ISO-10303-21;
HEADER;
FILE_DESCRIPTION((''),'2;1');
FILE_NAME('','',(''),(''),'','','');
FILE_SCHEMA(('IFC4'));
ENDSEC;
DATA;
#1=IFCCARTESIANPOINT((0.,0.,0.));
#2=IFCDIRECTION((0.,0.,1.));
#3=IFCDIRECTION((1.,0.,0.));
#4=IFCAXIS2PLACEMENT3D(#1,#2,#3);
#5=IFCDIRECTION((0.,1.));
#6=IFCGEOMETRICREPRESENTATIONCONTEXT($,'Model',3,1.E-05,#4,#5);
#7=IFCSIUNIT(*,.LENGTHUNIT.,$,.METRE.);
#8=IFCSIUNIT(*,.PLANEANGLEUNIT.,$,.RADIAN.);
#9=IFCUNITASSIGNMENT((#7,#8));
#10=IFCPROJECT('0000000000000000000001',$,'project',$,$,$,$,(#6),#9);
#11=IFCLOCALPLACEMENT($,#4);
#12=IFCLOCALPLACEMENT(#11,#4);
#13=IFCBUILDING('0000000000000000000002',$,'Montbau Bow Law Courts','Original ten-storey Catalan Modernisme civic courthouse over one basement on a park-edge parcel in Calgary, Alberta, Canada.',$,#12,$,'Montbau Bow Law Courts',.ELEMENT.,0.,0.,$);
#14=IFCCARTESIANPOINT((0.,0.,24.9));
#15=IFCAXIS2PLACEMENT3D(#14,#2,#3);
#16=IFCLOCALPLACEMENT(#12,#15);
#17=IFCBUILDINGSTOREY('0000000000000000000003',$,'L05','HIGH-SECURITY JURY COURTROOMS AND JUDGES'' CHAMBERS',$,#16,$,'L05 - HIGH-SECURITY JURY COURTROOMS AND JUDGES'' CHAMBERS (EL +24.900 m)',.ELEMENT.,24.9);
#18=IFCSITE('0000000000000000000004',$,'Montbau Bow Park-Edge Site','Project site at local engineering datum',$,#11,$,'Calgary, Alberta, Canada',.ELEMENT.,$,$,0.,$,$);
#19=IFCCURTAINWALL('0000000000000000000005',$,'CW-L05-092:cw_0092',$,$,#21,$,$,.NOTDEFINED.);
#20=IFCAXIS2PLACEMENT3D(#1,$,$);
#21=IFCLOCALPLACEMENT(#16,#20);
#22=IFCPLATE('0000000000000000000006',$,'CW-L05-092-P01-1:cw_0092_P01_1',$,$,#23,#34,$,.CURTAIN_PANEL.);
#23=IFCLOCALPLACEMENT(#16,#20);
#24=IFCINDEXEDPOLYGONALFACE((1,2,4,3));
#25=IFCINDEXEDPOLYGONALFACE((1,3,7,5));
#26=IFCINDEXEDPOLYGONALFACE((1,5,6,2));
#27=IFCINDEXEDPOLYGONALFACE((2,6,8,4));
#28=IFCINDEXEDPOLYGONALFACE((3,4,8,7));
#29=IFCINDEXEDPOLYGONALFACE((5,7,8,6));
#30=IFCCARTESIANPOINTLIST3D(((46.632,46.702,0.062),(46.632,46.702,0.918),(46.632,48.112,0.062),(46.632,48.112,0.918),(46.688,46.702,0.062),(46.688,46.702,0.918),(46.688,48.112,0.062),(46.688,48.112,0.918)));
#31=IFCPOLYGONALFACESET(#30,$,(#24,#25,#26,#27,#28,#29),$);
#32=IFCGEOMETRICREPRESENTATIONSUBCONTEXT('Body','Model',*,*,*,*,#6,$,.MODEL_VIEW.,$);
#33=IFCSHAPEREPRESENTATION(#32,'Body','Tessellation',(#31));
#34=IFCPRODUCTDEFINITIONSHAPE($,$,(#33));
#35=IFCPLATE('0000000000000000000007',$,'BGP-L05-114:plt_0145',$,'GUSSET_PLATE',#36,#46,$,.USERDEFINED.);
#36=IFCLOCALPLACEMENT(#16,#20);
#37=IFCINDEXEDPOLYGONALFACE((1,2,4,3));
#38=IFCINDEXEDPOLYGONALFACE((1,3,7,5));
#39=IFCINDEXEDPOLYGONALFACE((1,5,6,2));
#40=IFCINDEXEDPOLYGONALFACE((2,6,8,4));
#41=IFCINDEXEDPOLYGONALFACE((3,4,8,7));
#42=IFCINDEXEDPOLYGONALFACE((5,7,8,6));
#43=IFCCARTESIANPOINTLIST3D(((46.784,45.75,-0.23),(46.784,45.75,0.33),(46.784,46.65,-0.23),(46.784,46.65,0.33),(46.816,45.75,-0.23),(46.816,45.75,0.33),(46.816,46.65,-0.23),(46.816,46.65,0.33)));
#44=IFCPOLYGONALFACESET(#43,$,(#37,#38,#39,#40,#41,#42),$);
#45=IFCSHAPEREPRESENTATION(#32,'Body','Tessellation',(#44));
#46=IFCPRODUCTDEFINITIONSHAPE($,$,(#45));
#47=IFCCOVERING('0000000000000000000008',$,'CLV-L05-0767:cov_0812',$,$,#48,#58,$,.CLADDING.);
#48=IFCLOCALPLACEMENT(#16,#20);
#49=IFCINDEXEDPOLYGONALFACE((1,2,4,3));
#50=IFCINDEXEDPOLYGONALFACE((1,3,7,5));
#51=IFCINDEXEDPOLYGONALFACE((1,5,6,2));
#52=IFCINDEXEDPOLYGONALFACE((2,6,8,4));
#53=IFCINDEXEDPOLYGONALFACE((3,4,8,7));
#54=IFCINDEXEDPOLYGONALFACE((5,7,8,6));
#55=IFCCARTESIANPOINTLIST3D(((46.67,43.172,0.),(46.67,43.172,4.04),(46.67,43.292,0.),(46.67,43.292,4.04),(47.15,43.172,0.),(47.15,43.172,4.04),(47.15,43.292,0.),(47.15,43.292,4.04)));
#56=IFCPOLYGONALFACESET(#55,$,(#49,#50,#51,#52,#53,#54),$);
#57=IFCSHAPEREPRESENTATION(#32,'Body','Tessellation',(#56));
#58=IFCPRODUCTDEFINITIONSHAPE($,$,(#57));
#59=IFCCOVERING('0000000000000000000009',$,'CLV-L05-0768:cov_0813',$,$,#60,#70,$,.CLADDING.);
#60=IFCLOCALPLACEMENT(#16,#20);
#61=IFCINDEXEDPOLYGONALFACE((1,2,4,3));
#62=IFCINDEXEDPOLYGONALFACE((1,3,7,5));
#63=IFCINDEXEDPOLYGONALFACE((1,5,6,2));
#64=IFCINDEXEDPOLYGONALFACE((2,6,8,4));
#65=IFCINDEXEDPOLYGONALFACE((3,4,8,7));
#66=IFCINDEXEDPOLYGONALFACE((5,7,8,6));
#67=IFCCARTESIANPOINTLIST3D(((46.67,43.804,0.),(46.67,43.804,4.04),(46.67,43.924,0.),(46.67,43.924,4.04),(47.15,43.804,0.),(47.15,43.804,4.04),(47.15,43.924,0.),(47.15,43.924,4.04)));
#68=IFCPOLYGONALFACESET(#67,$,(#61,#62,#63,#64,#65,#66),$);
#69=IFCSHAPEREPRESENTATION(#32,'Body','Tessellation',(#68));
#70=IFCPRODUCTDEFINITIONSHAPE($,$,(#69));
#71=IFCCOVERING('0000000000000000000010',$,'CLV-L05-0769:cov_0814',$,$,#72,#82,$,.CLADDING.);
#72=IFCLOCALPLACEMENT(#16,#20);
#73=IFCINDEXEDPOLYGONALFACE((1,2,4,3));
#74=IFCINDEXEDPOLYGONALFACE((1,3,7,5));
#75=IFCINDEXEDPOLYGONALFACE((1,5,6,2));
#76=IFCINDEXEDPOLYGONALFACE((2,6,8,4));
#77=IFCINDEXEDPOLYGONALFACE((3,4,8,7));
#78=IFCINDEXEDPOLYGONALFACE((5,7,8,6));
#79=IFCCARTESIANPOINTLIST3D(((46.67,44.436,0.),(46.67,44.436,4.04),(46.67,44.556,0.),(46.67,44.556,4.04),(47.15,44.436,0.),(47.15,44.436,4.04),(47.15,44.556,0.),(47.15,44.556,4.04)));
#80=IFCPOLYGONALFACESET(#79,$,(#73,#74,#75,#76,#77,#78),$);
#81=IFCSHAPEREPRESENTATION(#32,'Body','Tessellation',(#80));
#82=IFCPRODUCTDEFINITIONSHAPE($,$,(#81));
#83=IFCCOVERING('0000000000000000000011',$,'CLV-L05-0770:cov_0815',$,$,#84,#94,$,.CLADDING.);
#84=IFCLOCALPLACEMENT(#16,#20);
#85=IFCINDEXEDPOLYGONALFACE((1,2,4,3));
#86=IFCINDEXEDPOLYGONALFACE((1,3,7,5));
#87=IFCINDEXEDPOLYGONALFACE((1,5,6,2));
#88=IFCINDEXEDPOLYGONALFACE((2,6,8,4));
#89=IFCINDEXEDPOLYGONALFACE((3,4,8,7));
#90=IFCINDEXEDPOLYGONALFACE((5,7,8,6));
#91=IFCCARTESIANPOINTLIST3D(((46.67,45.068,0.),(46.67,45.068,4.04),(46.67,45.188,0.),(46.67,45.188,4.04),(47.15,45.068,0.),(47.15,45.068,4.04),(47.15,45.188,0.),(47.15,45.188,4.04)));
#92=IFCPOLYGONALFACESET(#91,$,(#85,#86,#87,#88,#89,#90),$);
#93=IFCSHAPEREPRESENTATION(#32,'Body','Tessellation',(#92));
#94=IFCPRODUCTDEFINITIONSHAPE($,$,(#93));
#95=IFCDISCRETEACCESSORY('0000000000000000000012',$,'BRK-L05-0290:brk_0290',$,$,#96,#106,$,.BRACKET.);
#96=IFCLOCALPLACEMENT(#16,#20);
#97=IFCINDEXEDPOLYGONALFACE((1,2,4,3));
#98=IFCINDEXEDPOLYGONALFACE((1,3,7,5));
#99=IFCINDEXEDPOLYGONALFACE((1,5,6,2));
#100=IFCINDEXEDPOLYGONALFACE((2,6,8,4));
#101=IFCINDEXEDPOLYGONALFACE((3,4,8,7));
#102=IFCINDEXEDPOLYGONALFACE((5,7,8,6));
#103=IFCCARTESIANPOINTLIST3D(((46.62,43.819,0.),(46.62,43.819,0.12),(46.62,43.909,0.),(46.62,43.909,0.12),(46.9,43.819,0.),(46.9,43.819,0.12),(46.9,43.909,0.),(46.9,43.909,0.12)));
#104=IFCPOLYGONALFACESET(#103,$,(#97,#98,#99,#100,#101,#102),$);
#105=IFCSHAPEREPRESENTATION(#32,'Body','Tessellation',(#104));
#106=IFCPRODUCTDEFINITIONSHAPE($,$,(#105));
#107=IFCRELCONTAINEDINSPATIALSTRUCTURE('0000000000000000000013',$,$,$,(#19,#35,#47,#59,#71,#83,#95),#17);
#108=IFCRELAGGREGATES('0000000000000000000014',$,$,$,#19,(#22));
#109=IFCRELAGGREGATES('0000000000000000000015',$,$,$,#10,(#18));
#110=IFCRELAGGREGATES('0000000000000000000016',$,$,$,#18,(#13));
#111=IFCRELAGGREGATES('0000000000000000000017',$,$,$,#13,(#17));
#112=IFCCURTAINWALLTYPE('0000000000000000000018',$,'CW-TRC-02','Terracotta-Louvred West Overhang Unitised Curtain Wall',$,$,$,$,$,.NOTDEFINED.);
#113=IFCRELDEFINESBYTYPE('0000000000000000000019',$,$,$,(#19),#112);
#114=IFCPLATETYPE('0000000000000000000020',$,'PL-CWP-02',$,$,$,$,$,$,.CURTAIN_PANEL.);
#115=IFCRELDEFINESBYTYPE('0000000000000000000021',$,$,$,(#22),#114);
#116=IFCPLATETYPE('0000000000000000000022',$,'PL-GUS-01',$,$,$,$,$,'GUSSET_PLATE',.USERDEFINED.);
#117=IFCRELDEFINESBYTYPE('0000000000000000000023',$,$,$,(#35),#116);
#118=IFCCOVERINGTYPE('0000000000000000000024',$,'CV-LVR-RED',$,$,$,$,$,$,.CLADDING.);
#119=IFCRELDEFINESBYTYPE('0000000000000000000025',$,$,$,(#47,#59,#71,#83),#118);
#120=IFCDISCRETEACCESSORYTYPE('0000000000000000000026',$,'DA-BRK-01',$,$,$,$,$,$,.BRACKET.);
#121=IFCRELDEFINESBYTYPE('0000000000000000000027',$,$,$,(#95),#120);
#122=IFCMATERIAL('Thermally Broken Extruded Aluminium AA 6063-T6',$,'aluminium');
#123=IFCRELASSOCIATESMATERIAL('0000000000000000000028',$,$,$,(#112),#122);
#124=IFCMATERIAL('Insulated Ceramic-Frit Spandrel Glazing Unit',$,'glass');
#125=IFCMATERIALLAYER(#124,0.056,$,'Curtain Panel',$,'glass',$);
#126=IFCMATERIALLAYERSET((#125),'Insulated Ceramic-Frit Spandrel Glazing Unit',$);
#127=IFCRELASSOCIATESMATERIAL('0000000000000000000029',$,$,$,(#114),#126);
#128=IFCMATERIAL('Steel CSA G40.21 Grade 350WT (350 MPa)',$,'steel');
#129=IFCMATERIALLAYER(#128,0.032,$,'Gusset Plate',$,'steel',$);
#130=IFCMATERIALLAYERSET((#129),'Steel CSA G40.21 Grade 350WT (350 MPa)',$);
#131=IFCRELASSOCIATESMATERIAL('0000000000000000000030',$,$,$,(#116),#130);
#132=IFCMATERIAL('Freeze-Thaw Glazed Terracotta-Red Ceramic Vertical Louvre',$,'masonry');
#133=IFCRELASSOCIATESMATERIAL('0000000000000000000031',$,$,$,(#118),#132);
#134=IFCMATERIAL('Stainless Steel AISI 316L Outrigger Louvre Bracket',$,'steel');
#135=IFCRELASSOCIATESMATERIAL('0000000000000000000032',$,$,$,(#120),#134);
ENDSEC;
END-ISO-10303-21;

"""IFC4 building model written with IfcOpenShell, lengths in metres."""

from ifc_helpers import new_model, si_unit, direction, frame, frame_2d, origin_with_axes, origin_2d_with_axis, place, context, subcontext, project, spatial, rectangle, extrude, material, layer, layer_set, type_object, element, aggregate, save


model = new_model("IFC4")

# Units and contexts
model_context = context("Model", 3, precision=1e-05, world=origin_with_axes(), true_north=direction((0.0, 1.0)))
body_context = subcontext(model_context, "Body", "Model", "MODEL_VIEW")
ifc_project = project(units=[si_unit("LENGTHUNIT", "METRE"), si_unit("PLANEANGLEUNIT", "RADIAN")], contexts=[model_context])

# Site, building, storey
site_placement = place(None, origin_with_axes())
site = spatial("IfcSite", under=ifc_project, at=site_placement, Name="Montbau Bow Park-Edge Site", Description="Project site at local engineering datum", LongName="Calgary, Alberta, Canada", CompositionType="ELEMENT", RefElevation=0.0)
building_placement = place(site_placement, origin_with_axes())
building = spatial("IfcBuilding", under=site, at=building_placement, Name="Montbau Bow Law Courts", Description="Original ten-storey Catalan Modernisme civic courthouse over one basement on a park-edge parcel in Calgary, Alberta, Canada.", LongName="Montbau Bow Law Courts", CompositionType="ELEMENT", ElevationOfRefHeight=0.0, ElevationOfTerrain=0.0)
storey_placement = place(building_placement, frame((0.0, 0.0, 24.9), z_axis=(0.0, 0.0, 1.0), x_axis=(1.0, 0.0, 0.0)))
storey = spatial("IfcBuildingStorey", under=building, at=storey_placement, Name="L05", Description="HIGH-SECURITY JURY COURTROOMS AND JUDGES' CHAMBERS", LongName="L05 - HIGH-SECURITY JURY COURTROOMS AND JUDGES' CHAMBERS (EL +24.900 m)", CompositionType="ELEMENT", Elevation=24.9)

# Shared definitions
ifc_material_1 = material(Name="Thermally Broken Extruded Aluminium AA 6063-T6", Category="aluminium")
curtain_wall_type = type_object("IfcCurtainWallType", Name="CW-TRC-02", Description="Terracotta-Louvred West Overhang Unitised Curtain Wall", PredefinedType="NOTDEFINED", material=ifc_material_1)

# Curtain wall
curtain_wall_1_placement = place(None, frame((46.66, 46.64, 24.9), z_axis=(0.0, 0.0, 1.0), x_axis=(1.0, 0.0, 0.0)))
curtain_wall_1 = element("IfcCurtainWall", 1, at=curtain_wall_1_placement, inside=storey, type_object=curtain_wall_type, Name="CW-L05-092:cw_0092", PredefinedType="NOTDEFINED")

# Plates
ifc_material_2 = material(Name="Insulated Ceramic-Frit Spandrel Glazing Unit", Category="glass")
ifc_layer_1 = layer(ifc_material_2, 0.056, Name="Curtain Panel", Category="glass")
ifc_layer_set_1 = layer_set([ifc_layer_1], Name="Insulated Ceramic-Frit Spandrel Glazing Unit")
plate_type_1 = type_object("IfcPlateType", Name="PL-CWP-02", PredefinedType="CURTAIN_PANEL", material=ifc_layer_set_1)
plate_1_placement = place(None, frame((46.66, 46.702, 24.962), z_axis=(1.0, 0.0, 0.0), x_axis=(0.0, 1.0, 0.0)))
plate_1 = element("IfcPlate", 2, at=plate_1_placement, type_object=plate_type_1, Name="CW-L05-092-P01-1:cw_0092_P01_1", PredefinedType="CURTAIN_PANEL", context=body_context, shape_type="SweptSolid", body=[
    extrude(rectangle(XDim=1.41, YDim=0.856, at=frame_2d((0.705, 0.428), x_axis=(1.0, 0.0))), frame((0.0, 0.0, -0.028), z_axis=(0.0, 0.0, 1.0), x_axis=(1.0, 0.0, 0.0)), (0.0, 0.0, 1.0), 0.056),
])
aggregate(curtain_wall_1, [plate_1])
ifc_material_3 = material(Name="Steel CSA G40.21 Grade 350WT (350 MPa)", Category="steel")
ifc_layer_2 = layer(ifc_material_3, 0.032, Name="Gusset Plate", Category="steel")
ifc_layer_set_2 = layer_set([ifc_layer_2], Name="Steel CSA G40.21 Grade 350WT (350 MPa)")
plate_type_2 = type_object("IfcPlateType", Name="PL-GUS-01", ElementType="GUSSET_PLATE", PredefinedType="USERDEFINED", material=ifc_layer_set_2)
plate_2_placement = place(None, frame((46.8, 46.2, 24.67), z_axis=(0.0, 0.0, 1.0), x_axis=(0.0, 1.0, 0.0)))
element("IfcPlate", 3, at=plate_2_placement, inside=storey, type_object=plate_type_2, Name="BGP-L05-114:plt_0145", ObjectType="GUSSET_PLATE", PredefinedType="USERDEFINED", context=body_context, shape_type="SweptSolid", body=[
    extrude(rectangle(XDim=0.9, YDim=0.032, at=origin_2d_with_axis()), origin_with_axes(), (0.0, 0.0, 1.0), 0.56),
])

# Coverings
ifc_material_4 = material(Name="Freeze-Thaw Glazed Terracotta-Red Ceramic Vertical Louvre", Category="masonry")
covering_type = type_object("IfcCoveringType", Name="CV-LVR-RED", PredefinedType="CLADDING", material=ifc_material_4)
for number, where, z_axis, x_axis, name in (
    (4, (46.67, 43.232, 24.9), (0.0, -1.0, 0.0), (1.0, 0.0, 0.0), "CLV-L05-0767:cov_0812"),
    (5, (46.67, 43.864, 24.9), (0.0, -1.0, 0.0), (1.0, 0.0, 0.0), "CLV-L05-0768:cov_0813"),
    (6, (46.67, 44.496, 24.9), (0.0, -1.0, 0.0), (1.0, 0.0, 0.0), "CLV-L05-0769:cov_0814"),
    (7, (46.67, 45.128, 24.9), (0.0, -1.0, 0.0), (1.0, 0.0, 0.0), "CLV-L05-0770:cov_0815"),
):
    element("IfcCovering", number, at=place(None, frame(where, z_axis=z_axis, x_axis=x_axis)), inside=storey, type_object=covering_type, Name=name, PredefinedType="CLADDING", context=body_context, shape_type="SweptSolid", body=[
        extrude(rectangle(XDim=0.48, YDim=4.04, at=frame_2d((0.24, 2.02), x_axis=(1.0, 0.0))), frame((0.0, 0.0, -0.06), z_axis=(0.0, 0.0, 1.0), x_axis=(1.0, 0.0, 0.0)), (0.0, 0.0, 1.0), 0.12),
    ])

# Discrete accessory
ifc_material_5 = material(Name="Stainless Steel AISI 316L Outrigger Louvre Bracket", Category="steel")
discrete_accessory_type = type_object("IfcDiscreteAccessoryType", Name="DA-BRK-01", PredefinedType="BRACKET", material=ifc_material_5)
discrete_accessory_placement = place(None, frame((46.76, 43.864, 24.9), z_axis=(0.0, 0.0, 1.0), x_axis=(1.0, 0.0, 0.0)))
element("IfcDiscreteAccessory", 8, at=discrete_accessory_placement, inside=storey, type_object=discrete_accessory_type, Name="BRK-L05-0290:brk_0290", PredefinedType="BRACKET", context=body_context, shape_type="SweptSolid", body=[
    extrude(rectangle(XDim=0.28, YDim=0.09, at=origin_2d_with_axis()), origin_with_axes(), (0.0, 0.0, 1.0), 0.12),
])

save(model, "model.ifc")
